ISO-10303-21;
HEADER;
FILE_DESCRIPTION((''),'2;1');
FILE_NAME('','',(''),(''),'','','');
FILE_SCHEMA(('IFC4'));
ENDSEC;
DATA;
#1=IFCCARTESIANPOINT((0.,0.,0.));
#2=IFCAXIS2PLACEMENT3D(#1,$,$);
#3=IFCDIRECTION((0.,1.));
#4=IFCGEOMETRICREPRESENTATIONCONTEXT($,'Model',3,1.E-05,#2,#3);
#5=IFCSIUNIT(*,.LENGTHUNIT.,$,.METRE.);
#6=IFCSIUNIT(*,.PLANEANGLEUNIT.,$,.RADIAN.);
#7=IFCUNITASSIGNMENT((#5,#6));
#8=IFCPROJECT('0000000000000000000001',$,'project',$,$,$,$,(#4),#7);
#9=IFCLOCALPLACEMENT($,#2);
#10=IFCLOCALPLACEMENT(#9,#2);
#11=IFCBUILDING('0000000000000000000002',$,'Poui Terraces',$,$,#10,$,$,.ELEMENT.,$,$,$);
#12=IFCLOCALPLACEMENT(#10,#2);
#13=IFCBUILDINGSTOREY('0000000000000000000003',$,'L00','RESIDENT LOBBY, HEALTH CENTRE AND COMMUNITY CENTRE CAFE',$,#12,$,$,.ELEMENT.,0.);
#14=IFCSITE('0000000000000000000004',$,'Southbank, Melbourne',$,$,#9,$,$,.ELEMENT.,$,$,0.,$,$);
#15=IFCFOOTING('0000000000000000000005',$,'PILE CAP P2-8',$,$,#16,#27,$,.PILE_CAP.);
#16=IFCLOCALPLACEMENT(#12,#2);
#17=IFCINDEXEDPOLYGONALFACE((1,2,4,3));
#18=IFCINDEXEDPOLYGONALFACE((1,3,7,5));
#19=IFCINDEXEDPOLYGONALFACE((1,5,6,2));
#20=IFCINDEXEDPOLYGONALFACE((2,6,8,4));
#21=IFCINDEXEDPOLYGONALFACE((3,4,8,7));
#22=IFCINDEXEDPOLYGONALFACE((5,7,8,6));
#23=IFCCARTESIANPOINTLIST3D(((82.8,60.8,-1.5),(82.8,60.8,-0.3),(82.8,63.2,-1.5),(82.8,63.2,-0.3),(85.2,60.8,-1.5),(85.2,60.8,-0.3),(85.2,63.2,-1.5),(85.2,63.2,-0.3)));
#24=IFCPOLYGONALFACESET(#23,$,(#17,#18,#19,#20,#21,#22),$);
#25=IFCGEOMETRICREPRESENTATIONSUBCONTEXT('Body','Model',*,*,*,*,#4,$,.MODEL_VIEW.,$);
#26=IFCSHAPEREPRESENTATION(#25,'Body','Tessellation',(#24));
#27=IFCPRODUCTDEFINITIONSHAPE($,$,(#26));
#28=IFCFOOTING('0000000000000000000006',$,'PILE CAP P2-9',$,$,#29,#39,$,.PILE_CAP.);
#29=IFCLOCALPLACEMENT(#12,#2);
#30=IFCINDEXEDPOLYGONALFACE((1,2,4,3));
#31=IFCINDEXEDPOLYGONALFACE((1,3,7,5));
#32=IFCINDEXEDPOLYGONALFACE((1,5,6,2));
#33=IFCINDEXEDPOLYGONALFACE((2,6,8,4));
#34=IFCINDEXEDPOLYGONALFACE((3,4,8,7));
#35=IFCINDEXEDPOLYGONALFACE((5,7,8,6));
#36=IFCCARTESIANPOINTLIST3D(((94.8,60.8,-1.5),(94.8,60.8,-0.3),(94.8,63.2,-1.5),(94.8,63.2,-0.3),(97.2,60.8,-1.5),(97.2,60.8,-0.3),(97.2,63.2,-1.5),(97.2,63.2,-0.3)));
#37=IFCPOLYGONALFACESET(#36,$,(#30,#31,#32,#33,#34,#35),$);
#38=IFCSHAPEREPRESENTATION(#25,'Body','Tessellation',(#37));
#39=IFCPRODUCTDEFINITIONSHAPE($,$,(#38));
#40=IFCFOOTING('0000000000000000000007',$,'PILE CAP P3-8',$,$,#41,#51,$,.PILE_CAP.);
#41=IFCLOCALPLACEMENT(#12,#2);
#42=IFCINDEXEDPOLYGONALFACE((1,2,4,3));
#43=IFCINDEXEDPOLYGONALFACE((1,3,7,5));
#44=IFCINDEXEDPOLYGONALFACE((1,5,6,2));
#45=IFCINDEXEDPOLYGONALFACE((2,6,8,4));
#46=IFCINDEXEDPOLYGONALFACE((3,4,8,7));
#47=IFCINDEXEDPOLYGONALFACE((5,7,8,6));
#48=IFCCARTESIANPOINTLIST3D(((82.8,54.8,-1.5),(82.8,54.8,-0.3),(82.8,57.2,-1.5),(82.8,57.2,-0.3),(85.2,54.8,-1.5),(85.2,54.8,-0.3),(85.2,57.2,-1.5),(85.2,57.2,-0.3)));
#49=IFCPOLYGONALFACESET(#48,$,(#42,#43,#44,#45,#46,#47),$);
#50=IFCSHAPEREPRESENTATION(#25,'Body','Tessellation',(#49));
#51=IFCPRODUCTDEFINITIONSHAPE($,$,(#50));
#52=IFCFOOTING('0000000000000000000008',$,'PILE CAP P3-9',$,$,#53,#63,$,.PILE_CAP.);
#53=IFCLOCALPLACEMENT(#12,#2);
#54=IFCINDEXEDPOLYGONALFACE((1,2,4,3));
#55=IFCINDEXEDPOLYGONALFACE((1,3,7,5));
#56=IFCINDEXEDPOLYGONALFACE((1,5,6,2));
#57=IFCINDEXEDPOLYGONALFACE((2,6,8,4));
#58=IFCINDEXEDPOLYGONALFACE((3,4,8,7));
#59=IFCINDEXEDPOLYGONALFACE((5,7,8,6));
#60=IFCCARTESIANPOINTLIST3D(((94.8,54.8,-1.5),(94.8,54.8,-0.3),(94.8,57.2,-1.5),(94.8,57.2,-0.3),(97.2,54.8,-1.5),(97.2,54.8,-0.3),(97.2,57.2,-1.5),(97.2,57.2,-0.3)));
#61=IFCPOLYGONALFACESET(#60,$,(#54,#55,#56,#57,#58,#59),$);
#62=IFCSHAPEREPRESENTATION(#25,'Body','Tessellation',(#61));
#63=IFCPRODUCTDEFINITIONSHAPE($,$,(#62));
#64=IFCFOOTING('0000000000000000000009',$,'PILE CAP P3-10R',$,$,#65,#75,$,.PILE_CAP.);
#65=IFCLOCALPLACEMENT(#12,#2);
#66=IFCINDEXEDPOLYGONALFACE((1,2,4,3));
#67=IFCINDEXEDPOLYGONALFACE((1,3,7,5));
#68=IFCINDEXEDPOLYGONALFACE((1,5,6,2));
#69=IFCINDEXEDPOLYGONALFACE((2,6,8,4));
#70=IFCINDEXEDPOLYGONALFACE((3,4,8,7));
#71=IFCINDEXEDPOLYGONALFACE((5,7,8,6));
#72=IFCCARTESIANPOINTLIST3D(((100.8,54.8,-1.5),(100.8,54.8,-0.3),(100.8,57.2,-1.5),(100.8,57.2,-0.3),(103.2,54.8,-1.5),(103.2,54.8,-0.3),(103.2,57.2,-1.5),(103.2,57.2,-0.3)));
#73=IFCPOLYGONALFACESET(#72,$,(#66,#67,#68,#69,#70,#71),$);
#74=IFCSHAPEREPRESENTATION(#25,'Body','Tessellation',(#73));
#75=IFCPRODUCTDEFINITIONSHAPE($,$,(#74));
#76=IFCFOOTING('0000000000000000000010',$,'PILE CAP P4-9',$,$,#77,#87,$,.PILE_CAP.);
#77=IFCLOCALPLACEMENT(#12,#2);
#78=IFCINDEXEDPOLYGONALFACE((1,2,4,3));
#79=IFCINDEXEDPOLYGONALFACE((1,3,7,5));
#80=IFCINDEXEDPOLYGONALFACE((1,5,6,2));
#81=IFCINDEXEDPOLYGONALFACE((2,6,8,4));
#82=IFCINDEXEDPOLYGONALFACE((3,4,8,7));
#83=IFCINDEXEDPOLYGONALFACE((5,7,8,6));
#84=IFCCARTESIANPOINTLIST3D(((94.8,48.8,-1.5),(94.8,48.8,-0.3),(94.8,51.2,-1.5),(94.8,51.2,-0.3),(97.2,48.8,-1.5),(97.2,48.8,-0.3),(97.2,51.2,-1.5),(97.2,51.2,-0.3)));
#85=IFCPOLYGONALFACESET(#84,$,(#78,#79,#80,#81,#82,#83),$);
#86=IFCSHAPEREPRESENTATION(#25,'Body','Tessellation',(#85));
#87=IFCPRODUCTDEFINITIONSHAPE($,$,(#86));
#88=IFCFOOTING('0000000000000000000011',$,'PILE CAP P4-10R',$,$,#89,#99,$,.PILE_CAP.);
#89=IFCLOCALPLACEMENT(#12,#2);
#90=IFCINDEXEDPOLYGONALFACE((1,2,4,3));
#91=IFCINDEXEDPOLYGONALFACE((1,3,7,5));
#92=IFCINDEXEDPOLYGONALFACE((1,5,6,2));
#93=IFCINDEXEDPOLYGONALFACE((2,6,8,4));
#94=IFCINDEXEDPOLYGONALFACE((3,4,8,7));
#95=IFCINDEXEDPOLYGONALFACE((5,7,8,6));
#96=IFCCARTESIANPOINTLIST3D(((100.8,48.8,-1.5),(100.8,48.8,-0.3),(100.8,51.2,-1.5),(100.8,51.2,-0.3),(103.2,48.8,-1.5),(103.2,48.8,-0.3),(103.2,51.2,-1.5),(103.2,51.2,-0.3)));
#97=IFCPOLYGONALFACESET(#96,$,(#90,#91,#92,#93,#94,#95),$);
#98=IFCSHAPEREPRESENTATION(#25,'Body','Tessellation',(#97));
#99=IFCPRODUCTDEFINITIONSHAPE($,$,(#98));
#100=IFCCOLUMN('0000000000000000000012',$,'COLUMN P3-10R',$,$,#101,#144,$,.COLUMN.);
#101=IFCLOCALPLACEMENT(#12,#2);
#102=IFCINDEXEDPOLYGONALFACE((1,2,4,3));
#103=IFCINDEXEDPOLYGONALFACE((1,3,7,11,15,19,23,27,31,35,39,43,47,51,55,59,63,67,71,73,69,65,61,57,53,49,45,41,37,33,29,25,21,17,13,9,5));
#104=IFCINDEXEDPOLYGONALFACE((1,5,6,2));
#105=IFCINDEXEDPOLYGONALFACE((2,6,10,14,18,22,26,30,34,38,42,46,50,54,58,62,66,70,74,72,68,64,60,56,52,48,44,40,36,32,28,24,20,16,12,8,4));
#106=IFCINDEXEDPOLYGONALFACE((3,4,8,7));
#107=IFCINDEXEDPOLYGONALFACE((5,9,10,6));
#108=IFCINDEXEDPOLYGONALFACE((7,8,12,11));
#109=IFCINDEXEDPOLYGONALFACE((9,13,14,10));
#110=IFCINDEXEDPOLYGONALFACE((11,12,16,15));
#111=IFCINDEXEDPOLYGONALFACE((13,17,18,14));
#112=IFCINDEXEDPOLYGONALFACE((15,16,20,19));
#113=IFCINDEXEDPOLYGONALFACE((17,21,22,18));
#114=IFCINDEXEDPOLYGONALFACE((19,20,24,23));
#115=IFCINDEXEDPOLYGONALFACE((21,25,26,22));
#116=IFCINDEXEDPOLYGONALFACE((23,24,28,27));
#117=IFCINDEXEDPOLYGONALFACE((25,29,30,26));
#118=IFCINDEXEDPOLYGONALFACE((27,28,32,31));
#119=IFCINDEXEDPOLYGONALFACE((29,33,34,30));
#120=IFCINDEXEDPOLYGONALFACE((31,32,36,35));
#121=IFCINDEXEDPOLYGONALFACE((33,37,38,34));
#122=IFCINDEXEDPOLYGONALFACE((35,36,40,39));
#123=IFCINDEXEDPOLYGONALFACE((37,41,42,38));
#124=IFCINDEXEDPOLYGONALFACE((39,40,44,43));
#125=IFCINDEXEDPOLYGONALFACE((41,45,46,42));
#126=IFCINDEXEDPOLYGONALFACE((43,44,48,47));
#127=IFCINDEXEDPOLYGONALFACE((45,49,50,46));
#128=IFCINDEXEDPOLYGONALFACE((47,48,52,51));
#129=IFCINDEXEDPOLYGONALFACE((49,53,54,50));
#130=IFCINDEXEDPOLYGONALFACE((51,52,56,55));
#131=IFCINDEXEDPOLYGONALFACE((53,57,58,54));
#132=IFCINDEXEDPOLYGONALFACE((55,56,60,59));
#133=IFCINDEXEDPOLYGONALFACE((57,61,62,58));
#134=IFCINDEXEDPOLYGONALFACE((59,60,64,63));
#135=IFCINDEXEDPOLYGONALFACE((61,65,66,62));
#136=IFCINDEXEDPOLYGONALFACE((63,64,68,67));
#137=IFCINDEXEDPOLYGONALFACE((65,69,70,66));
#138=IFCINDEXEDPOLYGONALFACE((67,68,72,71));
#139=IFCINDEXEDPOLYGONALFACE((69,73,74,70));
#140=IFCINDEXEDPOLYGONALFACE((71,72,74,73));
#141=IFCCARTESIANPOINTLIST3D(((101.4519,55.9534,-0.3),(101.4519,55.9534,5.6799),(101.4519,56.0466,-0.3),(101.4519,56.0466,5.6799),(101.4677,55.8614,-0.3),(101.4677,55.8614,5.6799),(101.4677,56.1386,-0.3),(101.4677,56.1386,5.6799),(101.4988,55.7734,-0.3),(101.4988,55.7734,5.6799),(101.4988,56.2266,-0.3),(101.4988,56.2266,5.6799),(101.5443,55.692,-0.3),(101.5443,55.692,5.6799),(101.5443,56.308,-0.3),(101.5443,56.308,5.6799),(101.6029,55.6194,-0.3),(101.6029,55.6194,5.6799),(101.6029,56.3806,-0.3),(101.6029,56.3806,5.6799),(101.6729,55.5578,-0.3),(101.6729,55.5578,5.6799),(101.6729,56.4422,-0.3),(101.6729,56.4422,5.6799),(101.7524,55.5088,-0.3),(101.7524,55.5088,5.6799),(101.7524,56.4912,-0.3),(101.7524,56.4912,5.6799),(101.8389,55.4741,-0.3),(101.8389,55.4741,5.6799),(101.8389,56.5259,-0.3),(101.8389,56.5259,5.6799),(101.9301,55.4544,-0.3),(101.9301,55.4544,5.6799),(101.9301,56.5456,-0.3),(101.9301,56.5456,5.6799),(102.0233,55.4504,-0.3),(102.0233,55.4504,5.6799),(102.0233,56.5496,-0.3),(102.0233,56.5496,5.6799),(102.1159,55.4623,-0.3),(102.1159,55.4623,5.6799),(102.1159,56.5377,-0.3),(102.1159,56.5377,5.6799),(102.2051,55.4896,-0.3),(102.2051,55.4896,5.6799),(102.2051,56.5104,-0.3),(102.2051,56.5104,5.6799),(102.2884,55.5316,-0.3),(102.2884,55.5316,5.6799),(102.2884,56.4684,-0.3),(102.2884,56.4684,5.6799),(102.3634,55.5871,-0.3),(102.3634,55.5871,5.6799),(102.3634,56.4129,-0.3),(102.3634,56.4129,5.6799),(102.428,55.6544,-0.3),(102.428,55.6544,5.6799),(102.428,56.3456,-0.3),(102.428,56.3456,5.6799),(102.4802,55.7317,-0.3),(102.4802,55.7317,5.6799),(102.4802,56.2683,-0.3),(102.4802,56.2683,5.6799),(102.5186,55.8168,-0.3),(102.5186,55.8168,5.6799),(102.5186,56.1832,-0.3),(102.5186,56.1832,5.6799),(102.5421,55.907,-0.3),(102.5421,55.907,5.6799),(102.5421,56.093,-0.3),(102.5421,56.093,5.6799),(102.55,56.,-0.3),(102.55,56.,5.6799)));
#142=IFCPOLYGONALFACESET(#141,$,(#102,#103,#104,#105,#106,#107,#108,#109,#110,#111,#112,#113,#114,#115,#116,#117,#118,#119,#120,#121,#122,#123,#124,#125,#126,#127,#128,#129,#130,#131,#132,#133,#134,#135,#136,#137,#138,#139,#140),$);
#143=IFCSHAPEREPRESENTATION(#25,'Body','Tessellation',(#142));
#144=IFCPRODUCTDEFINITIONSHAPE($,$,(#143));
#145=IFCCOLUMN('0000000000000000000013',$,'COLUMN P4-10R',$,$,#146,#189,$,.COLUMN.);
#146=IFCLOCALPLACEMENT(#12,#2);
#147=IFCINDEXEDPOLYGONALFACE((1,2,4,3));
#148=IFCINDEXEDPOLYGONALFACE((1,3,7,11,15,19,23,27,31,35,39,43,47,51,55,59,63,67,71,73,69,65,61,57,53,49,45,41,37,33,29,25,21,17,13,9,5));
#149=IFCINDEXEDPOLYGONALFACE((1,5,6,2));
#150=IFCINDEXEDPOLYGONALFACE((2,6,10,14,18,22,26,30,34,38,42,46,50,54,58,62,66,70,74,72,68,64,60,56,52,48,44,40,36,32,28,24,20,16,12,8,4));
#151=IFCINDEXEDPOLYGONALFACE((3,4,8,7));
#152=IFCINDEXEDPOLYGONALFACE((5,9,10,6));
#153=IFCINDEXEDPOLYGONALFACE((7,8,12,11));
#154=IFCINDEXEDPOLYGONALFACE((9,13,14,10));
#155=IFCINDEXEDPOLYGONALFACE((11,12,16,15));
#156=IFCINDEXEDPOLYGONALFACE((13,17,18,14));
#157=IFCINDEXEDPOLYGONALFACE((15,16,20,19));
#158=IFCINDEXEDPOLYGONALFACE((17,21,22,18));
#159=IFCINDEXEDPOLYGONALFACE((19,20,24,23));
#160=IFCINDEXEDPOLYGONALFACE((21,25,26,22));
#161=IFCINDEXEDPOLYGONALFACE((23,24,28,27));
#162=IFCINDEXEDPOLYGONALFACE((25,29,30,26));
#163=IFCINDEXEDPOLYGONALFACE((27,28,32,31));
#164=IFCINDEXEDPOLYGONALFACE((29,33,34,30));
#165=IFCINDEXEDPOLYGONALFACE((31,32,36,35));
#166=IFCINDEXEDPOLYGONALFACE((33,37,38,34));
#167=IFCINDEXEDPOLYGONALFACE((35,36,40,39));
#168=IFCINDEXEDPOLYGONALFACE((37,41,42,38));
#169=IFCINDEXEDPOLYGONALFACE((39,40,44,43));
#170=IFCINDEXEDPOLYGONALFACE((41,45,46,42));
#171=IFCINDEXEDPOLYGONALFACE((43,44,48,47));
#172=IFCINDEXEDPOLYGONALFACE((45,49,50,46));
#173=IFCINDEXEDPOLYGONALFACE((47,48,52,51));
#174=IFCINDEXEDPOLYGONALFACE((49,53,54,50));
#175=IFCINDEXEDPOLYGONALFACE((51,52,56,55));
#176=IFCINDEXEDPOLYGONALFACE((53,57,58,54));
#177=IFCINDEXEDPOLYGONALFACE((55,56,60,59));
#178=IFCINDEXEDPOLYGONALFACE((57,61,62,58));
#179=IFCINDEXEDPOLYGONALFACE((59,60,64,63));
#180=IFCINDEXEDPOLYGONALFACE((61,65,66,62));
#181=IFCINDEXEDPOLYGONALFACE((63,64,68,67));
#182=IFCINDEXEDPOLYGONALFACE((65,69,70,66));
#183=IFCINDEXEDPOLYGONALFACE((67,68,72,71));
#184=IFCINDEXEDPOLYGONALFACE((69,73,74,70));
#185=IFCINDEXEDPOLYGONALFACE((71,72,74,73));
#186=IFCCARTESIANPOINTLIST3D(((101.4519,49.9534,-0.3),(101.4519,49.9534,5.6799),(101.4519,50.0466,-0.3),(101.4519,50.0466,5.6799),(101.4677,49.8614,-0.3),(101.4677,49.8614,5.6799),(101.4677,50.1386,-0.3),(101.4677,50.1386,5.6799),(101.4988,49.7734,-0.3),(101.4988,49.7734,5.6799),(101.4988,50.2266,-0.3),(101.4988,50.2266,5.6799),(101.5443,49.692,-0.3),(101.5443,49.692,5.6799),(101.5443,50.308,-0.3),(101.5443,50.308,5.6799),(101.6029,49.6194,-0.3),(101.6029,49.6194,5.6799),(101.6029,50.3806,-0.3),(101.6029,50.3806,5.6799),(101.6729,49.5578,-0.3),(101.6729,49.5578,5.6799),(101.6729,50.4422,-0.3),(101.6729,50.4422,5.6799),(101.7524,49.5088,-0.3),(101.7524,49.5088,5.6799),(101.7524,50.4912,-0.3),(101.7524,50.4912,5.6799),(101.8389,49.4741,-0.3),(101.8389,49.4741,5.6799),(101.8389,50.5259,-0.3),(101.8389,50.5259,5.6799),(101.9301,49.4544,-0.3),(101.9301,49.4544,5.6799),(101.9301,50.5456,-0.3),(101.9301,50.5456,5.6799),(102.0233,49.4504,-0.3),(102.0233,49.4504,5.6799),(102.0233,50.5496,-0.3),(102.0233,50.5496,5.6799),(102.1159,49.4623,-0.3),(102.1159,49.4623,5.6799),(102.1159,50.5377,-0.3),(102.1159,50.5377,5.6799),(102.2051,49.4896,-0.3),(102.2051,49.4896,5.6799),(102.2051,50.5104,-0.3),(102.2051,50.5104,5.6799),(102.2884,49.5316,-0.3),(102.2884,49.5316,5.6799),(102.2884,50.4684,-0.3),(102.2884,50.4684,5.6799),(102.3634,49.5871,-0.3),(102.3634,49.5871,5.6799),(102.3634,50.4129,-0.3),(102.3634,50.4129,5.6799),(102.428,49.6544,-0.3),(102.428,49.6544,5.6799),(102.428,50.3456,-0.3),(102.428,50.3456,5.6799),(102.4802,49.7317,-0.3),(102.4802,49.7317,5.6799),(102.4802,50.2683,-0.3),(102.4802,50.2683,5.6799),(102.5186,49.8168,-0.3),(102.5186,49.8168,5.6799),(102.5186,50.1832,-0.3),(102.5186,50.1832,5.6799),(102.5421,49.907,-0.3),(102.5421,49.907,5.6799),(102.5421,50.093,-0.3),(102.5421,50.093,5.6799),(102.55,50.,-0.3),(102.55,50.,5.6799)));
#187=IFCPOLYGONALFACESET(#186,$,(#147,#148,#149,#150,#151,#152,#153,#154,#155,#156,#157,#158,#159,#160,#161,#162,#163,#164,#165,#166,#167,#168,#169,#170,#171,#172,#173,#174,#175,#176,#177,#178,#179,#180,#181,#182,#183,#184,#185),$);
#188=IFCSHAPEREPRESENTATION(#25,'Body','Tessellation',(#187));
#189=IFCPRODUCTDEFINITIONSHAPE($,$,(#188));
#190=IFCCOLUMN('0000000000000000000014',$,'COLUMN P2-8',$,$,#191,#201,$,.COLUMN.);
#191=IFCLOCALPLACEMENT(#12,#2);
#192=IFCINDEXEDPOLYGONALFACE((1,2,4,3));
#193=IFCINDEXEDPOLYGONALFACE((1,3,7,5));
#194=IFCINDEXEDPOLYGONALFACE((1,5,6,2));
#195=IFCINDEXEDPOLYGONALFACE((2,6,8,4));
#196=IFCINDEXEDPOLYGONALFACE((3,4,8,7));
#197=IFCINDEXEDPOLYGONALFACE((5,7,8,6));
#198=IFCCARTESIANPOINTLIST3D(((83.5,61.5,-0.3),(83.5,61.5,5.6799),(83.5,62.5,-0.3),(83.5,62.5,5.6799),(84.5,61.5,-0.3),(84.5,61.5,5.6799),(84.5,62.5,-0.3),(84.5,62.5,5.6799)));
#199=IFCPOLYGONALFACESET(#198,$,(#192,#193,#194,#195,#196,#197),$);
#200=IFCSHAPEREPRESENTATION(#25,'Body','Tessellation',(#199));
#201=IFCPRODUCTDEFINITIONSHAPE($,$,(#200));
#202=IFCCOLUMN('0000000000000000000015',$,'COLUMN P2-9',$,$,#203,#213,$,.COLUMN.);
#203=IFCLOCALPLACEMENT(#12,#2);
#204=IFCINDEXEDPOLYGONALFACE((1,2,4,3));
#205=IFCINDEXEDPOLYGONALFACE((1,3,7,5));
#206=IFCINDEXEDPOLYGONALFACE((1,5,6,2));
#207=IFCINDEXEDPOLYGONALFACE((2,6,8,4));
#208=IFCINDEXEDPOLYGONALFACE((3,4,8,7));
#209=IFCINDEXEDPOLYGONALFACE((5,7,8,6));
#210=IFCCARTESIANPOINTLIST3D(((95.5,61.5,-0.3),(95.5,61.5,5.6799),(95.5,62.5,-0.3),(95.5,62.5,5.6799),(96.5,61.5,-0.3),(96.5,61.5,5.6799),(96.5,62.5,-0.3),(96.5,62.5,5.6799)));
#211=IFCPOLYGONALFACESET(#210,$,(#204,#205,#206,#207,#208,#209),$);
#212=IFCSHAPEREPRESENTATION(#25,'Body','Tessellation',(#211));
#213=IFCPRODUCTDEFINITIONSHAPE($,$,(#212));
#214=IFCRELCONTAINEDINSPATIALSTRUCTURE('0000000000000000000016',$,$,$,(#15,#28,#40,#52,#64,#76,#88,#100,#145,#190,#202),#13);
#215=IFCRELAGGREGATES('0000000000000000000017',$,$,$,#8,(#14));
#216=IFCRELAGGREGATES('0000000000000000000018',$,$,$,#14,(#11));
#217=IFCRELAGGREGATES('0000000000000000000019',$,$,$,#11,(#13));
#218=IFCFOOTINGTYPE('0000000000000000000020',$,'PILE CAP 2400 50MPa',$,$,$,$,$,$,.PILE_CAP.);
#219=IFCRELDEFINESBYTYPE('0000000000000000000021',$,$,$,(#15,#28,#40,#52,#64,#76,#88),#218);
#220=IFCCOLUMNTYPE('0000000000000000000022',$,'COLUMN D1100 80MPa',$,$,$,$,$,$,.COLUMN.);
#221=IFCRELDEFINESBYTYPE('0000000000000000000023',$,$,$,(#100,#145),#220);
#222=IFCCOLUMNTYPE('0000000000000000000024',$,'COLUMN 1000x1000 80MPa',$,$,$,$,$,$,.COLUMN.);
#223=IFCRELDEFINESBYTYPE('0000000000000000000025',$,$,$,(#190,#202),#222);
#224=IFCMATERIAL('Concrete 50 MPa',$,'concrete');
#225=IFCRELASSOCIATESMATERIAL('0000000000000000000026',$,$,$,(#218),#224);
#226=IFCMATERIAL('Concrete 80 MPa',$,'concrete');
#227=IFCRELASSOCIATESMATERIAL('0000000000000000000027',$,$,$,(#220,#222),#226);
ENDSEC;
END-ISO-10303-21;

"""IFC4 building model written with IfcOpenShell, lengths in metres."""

from ifc_helpers import new_model, si_unit, direction, frame, origin, origin_2d, place, context, subcontext, project, spatial, rectangle, circle, extrude, source, transform, mapped, material, material_profile, profile_set, type_object, element, save


model = new_model("IFC4")

# Units and contexts
model_context = context("Model", 3, precision=1e-05, world=origin(), true_north=direction((0.0, 1.0)))
body_context = subcontext(model_context, "Body", "Model", "MODEL_VIEW")
ifc_project = project(units=[si_unit("LENGTHUNIT", "METRE"), si_unit("PLANEANGLEUNIT", "RADIAN")], contexts=[model_context])

# Site, building, storey
site_placement = place(None, origin())
site = spatial("IfcSite", under=ifc_project, at=site_placement, Name="Southbank, Melbourne", CompositionType="ELEMENT", RefElevation=0.0)
building_placement = place(site_placement, origin())
building = spatial("IfcBuilding", under=site, at=building_placement, Name="Poui Terraces", CompositionType="ELEMENT")
storey_placement = place(building_placement, origin())
storey = spatial("IfcBuildingStorey", under=building, at=storey_placement, Name="L00", Description="RESIDENT LOBBY, HEALTH CENTRE AND COMMUNITY CENTRE CAFE", CompositionType="ELEMENT", Elevation=0.0)

# Shared definitions
ifc_material_1 = material(Name="Concrete 50 MPa", Category="concrete")

# Footings
footing_type = type_object("IfcFootingType", Name="PILE CAP 2400 50MPa", PredefinedType="PILE_CAP", material=ifc_material_1)
shared_shape_1 = source(origin(), body_context, "Body", "SweptSolid", [
    extrude(rectangle(XDim=2.3999, YDim=2.3999, at=origin_2d()), origin(), (0.0, 0.0, 1.0), 1.2),
])
for number, where, z_axis, x_axis, name in (
    (1, (84.0, 62.0, -1.5), (0.0, 0.0, 1.0), (1.0, 0.0, 0.0), "PILE CAP P2-8"),
    (2, (96.0, 62.0, -1.5), (0.0, 0.0, 1.0), (1.0, 0.0, 0.0), "PILE CAP P2-9"),
    (3, (84.0, 56.0, -1.5), (0.0, 0.0, 1.0), (1.0, 0.0, 0.0), "PILE CAP P3-8"),
    (4, (96.0, 56.0, -1.5), (0.0, 0.0, 1.0), (1.0, 0.0, 0.0), "PILE CAP P3-9"),
    (5, (102.0, 56.0, -1.5), (0.0, 0.0, 1.0), (1.0, 0.0, 0.0), "PILE CAP P3-10R"),
    (6, (96.0, 50.0, -1.5), (0.0, 0.0, 1.0), (1.0, 0.0, 0.0), "PILE CAP P4-9"),
    (7, (102.0, 50.0, -1.5), (0.0, 0.0, 1.0), (1.0, 0.0, 0.0), "PILE CAP P4-10R"),
):
    element("IfcFooting", number, at=place(storey_placement, frame(where, z_axis=z_axis, x_axis=x_axis)), inside=storey, type_object=footing_type, Name=name, PredefinedType="PILE_CAP", context=body_context, shape_type="MappedRepresentation", body=[
        mapped(shared_shape_1, transform((0.0, 0.0, 0.0))),
    ])

# Columns
ifc_material_2 = material(Name="Concrete 80 MPa", Category="concrete")
ifc_material_profile_1 = material_profile(ifc_material_2, circle(Radius=0.55, at=origin_2d()), Name="RC D1100")
ifc_profile_set_1 = profile_set([ifc_material_profile_1], Name="Concrete 80 MPa")
column_type_1 = type_object("IfcColumnType", Name="COLUMN D1100 80MPa", PredefinedType="COLUMN", material=ifc_profile_set_1)
shared_shape_2 = source(origin(), body_context, "Body", "SweptSolid", [
    extrude(circle(Radius=0.55, at=origin_2d()), origin(), (0.0, 0.0, 1.0), 5.98),
])
for number, where, z_axis, x_axis, name in (
    (8, (102.0, 56.0, -0.3), (0.0, 0.0, 1.0), (1.0, 0.0, 0.0), "COLUMN P3-10R"),
    (9, (102.0, 50.0, -0.3), (0.0, 0.0, 1.0), (1.0, 0.0, 0.0), "COLUMN P4-10R"),
):
    element("IfcColumn", number, at=place(storey_placement, frame(where, z_axis=z_axis, x_axis=x_axis)), inside=storey, type_object=column_type_1, Name=name, PredefinedType="COLUMN", context=body_context, shape_type="MappedRepresentation", body=[
        mapped(shared_shape_2, transform((0.0, 0.0, 0.0))),
    ])
ifc_material_profile_2 = material_profile(ifc_material_2, rectangle(XDim=1.0, YDim=1.0, at=origin_2d()), Name="RC 1000x1000")
ifc_profile_set_2 = profile_set([ifc_material_profile_2], Name="Concrete 80 MPa")
column_type_2 = type_object("IfcColumnType", Name="COLUMN 1000x1000 80MPa", PredefinedType="COLUMN", material=ifc_profile_set_2)
shared_shape_3 = source(origin(), body_context, "Body", "SweptSolid", [
    extrude(rectangle(XDim=1.0, YDim=1.0, at=origin_2d()), origin(), (0.0, 0.0, 1.0), 5.98),
])
for number, where, z_axis, x_axis, name in (
    (10, (84.0, 62.0, -0.3), (0.0, 0.0, 1.0), (1.0, 0.0, 0.0), "COLUMN P2-8"),
    (11, (96.0, 62.0, -0.3), (0.0, 0.0, 1.0), (1.0, 0.0, 0.0), "COLUMN P2-9"),
):
    element("IfcColumn", number, at=place(storey_placement, frame(where, z_axis=z_axis, x_axis=x_axis)), inside=storey, type_object=column_type_2, Name=name, PredefinedType="COLUMN", context=body_context, shape_type="MappedRepresentation", body=[
        mapped(shared_shape_3, transform((0.0, 0.0, 0.0))),
    ])

save(model, "model.ifc")
